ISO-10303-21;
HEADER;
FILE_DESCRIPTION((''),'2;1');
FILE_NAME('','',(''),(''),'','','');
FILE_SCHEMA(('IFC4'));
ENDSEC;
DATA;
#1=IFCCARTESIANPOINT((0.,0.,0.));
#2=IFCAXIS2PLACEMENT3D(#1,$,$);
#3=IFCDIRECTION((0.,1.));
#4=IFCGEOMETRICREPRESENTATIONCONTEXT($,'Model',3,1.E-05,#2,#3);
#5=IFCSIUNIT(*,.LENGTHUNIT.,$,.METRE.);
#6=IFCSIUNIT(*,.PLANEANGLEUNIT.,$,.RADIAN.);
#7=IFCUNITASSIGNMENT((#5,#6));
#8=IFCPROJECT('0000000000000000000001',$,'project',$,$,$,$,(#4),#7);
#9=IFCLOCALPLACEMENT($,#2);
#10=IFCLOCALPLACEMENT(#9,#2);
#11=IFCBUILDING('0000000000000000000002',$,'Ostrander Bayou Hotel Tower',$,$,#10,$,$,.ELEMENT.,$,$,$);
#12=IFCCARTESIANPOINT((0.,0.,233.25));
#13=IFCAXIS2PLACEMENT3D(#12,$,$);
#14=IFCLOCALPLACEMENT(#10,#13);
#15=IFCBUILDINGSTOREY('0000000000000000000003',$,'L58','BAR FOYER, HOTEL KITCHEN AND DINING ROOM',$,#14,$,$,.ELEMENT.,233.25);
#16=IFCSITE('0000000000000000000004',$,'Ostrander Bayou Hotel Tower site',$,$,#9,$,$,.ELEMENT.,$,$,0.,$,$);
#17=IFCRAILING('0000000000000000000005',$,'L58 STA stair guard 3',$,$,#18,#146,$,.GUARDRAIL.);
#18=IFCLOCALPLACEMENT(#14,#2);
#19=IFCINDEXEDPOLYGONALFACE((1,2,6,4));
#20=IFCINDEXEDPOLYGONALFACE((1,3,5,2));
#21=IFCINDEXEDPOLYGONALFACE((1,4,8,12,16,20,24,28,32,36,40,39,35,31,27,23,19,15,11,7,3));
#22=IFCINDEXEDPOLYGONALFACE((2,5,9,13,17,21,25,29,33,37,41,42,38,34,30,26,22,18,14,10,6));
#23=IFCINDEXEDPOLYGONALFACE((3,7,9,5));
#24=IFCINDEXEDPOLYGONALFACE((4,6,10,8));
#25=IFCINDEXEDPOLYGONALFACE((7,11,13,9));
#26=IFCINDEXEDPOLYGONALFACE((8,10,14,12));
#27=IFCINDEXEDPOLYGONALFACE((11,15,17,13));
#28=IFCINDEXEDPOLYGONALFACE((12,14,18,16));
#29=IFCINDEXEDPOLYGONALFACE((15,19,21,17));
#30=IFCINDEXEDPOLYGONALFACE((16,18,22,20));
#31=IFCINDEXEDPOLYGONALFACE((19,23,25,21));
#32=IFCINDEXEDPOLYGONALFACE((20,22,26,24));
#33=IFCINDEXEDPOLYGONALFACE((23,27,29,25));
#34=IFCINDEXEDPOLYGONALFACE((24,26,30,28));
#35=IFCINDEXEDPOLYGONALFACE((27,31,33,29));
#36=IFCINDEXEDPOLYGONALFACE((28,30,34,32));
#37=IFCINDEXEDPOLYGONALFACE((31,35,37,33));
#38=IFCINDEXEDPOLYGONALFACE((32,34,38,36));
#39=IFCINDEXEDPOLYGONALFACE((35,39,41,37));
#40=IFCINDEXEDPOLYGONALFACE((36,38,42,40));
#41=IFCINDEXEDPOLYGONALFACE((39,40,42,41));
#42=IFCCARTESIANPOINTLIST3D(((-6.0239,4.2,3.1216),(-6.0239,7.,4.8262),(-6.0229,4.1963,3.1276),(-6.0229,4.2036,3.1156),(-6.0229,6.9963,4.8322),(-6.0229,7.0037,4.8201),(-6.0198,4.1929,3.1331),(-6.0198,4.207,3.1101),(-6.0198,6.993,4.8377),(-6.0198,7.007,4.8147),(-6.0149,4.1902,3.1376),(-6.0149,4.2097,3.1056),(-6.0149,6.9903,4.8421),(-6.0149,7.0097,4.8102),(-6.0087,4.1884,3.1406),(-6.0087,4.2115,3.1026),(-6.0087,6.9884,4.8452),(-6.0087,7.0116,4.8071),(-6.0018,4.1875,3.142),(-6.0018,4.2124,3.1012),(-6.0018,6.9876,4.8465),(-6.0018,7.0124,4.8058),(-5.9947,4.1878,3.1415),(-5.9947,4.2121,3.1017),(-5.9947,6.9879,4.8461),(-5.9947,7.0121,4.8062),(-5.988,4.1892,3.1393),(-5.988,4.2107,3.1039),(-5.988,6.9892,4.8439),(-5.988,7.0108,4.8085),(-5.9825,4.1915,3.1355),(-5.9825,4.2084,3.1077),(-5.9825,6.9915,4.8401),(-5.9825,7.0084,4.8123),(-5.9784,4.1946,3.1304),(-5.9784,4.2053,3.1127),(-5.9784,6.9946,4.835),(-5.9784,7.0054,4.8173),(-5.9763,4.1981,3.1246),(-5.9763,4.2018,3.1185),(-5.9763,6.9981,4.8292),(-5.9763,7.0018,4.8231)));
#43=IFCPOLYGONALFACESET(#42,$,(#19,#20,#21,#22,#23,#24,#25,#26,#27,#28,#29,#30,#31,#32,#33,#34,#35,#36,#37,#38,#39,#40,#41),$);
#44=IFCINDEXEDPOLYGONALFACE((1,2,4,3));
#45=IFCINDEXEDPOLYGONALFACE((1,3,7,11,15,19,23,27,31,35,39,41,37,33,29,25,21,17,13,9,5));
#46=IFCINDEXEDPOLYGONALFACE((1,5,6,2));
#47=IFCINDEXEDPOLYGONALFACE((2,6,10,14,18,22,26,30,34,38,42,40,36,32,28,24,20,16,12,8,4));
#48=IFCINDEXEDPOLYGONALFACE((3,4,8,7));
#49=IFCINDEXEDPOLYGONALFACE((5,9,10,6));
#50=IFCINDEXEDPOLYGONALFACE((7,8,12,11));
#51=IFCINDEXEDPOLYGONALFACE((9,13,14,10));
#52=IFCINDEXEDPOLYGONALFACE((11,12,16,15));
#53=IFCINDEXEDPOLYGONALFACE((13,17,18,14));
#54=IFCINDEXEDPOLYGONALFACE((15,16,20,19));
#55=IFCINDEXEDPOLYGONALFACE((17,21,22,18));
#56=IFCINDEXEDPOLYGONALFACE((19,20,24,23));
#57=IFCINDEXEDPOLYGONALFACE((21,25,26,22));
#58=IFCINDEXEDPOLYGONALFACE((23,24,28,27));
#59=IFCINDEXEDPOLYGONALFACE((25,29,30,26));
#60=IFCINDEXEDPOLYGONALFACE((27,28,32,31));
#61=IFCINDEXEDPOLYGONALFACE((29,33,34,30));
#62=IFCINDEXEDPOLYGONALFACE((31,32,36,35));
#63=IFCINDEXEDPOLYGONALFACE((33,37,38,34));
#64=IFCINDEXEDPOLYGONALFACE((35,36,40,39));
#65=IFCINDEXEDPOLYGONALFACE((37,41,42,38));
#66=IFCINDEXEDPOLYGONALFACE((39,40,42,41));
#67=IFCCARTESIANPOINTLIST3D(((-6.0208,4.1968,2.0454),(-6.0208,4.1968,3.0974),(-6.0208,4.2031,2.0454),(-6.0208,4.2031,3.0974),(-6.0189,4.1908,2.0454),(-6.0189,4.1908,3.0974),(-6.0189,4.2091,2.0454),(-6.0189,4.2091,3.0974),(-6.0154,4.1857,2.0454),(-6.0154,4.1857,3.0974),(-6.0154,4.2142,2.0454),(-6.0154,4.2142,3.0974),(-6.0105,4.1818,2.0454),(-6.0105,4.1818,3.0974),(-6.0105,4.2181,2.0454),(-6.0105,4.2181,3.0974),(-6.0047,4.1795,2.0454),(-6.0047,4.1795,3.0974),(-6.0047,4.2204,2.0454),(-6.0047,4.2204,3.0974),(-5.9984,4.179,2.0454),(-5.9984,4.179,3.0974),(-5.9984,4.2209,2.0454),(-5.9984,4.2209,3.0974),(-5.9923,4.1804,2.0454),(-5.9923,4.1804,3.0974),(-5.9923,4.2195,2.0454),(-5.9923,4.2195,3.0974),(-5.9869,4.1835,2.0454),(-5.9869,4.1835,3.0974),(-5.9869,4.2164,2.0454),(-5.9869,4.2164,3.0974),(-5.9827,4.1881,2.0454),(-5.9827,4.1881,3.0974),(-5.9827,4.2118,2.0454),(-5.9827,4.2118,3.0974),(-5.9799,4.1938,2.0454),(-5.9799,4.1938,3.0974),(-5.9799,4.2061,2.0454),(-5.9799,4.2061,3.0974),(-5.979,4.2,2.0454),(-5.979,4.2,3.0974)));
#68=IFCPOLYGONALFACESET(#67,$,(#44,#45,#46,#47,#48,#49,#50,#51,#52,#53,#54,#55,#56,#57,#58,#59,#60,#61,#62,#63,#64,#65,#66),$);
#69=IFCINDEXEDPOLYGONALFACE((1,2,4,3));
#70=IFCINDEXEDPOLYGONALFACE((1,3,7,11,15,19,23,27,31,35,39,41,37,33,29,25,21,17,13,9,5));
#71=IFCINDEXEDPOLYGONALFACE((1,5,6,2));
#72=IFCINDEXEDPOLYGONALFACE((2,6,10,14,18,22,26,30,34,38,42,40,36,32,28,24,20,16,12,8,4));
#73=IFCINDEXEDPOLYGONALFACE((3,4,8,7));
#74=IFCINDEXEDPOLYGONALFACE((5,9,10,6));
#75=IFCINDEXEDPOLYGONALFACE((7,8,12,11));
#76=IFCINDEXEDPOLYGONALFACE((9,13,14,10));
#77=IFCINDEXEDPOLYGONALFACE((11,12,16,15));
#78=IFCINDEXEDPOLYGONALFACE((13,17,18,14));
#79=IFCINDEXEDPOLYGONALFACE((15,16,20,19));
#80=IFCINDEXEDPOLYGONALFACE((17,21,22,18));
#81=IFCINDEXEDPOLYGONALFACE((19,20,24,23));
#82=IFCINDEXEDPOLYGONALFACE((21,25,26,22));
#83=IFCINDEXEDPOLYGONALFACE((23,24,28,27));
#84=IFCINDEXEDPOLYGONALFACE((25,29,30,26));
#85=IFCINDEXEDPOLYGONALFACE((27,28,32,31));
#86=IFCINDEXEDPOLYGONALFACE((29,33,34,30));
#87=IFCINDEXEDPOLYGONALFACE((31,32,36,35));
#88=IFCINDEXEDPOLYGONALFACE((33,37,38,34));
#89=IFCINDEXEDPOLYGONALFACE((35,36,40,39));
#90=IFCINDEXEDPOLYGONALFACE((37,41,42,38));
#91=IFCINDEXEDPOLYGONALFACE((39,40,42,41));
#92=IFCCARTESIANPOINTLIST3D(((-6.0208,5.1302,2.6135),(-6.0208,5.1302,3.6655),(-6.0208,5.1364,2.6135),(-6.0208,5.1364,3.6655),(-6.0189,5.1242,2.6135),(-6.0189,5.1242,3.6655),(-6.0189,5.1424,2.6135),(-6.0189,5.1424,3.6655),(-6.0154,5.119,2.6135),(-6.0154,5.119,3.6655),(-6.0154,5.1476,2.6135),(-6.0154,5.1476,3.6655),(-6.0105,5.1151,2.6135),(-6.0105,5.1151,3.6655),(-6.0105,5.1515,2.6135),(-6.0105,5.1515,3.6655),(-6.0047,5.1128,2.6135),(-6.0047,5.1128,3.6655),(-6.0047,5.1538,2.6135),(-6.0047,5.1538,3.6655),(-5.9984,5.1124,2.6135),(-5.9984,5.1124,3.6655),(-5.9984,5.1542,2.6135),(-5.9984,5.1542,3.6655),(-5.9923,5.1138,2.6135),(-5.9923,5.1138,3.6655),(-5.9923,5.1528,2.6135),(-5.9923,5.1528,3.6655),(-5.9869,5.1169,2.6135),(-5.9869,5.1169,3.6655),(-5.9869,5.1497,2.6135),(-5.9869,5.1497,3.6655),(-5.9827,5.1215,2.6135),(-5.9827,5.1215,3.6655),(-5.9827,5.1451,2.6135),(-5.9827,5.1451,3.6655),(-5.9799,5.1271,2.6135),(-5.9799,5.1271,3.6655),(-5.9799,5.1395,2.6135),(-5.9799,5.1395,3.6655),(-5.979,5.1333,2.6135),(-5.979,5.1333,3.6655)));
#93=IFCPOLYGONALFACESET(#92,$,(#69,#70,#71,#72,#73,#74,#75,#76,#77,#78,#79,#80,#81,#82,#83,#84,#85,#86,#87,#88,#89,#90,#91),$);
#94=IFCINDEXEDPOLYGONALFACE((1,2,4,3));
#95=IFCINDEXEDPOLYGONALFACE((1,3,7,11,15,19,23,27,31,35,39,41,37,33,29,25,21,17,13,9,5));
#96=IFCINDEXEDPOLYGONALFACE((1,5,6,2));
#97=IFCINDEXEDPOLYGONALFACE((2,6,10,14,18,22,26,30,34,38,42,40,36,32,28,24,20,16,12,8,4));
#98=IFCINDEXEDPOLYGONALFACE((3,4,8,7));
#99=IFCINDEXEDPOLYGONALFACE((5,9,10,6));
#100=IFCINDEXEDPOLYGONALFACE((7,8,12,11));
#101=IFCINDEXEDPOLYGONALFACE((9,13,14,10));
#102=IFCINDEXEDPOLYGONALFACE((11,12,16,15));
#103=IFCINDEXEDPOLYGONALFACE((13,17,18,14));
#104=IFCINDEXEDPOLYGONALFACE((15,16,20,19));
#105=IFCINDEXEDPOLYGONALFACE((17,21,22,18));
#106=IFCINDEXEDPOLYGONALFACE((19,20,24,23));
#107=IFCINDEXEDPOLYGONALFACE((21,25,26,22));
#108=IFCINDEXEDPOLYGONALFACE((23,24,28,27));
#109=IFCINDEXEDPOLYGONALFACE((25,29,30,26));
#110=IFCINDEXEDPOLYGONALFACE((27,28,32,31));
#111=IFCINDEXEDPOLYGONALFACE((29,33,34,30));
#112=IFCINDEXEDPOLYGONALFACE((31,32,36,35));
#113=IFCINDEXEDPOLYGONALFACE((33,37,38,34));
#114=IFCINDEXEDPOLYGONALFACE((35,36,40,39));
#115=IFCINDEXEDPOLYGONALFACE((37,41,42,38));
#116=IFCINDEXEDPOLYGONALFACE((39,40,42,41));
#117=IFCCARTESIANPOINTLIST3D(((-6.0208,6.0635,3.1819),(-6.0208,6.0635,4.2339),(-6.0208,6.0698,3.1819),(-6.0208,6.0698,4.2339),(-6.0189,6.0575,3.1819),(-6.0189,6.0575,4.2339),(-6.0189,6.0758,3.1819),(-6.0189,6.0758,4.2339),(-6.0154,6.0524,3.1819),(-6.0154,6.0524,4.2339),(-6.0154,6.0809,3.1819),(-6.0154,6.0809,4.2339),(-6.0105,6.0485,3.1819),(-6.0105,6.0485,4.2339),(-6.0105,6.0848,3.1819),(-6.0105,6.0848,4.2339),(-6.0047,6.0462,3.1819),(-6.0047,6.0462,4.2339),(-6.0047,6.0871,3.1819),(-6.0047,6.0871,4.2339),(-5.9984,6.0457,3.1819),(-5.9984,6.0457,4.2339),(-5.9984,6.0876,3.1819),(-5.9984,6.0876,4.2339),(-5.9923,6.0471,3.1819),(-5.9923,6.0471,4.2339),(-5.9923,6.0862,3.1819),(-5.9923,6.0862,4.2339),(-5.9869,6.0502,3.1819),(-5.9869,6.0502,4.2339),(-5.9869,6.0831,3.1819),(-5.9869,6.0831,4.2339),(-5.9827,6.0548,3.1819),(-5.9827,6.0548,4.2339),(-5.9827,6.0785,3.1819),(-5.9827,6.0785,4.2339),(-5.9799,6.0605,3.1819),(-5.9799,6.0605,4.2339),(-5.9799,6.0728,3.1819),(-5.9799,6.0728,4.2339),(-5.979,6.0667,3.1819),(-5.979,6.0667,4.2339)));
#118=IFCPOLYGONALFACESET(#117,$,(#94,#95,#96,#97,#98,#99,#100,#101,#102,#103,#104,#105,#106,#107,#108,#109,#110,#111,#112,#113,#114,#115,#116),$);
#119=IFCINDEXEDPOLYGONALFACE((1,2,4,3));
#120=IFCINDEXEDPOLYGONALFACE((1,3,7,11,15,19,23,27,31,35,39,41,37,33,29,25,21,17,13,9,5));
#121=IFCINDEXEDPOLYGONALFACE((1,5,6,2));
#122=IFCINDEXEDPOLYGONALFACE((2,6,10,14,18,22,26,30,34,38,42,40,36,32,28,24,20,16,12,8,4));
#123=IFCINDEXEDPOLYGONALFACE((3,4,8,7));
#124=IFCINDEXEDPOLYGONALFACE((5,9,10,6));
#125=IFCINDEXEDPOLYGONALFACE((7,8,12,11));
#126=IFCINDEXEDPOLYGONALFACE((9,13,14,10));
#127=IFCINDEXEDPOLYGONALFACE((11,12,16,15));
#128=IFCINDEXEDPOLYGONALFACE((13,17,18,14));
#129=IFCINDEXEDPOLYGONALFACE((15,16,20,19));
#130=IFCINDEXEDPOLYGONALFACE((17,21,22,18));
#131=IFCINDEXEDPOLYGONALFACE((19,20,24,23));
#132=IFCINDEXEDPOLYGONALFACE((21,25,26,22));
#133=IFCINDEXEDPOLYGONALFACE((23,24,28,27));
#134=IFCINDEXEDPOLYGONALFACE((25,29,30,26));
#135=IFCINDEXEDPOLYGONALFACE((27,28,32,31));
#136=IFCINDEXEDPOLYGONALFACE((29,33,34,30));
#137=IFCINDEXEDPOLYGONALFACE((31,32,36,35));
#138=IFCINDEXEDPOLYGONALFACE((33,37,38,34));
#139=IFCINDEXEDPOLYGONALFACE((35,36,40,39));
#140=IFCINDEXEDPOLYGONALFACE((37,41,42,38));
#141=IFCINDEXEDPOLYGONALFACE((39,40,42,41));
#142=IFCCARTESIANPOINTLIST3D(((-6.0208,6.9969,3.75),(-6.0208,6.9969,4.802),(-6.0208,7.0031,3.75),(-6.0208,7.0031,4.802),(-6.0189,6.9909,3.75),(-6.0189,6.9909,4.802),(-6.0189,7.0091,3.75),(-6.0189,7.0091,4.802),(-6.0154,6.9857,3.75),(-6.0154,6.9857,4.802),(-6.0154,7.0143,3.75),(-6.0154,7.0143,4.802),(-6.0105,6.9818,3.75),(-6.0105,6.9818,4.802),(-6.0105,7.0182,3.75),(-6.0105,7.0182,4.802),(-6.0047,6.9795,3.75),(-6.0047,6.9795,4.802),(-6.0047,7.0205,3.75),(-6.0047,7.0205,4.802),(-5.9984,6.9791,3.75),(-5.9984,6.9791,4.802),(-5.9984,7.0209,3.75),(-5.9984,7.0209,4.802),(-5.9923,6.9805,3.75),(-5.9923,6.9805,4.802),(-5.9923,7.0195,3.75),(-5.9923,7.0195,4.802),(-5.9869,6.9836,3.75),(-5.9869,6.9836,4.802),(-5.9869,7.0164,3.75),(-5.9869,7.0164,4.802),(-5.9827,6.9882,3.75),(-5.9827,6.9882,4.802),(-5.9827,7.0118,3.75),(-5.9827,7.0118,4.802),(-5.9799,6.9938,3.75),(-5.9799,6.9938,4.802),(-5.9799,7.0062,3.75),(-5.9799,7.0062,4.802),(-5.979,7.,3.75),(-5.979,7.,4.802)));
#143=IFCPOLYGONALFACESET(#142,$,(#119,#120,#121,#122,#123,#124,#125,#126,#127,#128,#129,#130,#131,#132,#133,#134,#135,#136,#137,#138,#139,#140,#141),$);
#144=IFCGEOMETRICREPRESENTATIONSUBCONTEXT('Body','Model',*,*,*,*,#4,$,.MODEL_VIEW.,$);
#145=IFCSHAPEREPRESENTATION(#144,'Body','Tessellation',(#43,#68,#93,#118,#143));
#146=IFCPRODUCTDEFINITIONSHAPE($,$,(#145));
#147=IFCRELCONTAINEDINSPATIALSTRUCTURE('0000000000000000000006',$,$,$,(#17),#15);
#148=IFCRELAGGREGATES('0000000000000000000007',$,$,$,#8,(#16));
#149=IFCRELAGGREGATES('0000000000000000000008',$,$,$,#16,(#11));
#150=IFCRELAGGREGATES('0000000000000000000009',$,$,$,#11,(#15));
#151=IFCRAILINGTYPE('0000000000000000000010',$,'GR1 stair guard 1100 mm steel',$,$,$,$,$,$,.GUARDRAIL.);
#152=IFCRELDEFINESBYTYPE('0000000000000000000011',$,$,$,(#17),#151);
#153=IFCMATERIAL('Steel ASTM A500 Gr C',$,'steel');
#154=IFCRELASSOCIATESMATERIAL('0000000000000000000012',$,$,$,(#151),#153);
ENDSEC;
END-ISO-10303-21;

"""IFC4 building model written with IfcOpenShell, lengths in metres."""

from ifc_helpers import new_model, si_unit, direction, frame, origin, origin_2d, place, context, subcontext, project, spatial, circle, extrude, material, type_object, element, save


model = new_model("IFC4")

# Units and contexts
model_context = context("Model", 3, precision=1e-05, world=origin(), true_north=direction((0.0, 1.0)))
body_context = subcontext(model_context, "Body", "Model", "MODEL_VIEW")
ifc_project = project(units=[si_unit("LENGTHUNIT", "METRE"), si_unit("PLANEANGLEUNIT", "RADIAN")], contexts=[model_context])

# Site, building, storey
site_placement = place(None, origin())
site = spatial("IfcSite", under=ifc_project, at=site_placement, Name="Ostrander Bayou Hotel Tower site", CompositionType="ELEMENT", RefElevation=0.0)
building_placement = place(site_placement, origin())
building = spatial("IfcBuilding", under=site, at=building_placement, Name="Ostrander Bayou Hotel Tower", CompositionType="ELEMENT")
storey_placement = place(building_placement, frame((0.0, 0.0, 233.25)))
storey = spatial("IfcBuildingStorey", under=building, at=storey_placement, Name="L58", Description="BAR FOYER, HOTEL KITCHEN AND DINING ROOM", CompositionType="ELEMENT", Elevation=233.25)

# Railing
ifc_material_1 = material(Name="Steel ASTM A500 Gr C", Category="steel")
railing_type_1 = type_object("IfcRailingType", Name="GR1 stair guard 1100 mm steel", PredefinedType="GUARDRAIL", material=ifc_material_1)
railing_1_placement = place(storey_placement, frame((-6.0, 4.2, 2.0454)))
element("IfcRailing", 1, at=railing_1_placement, inside=storey, type_object=railing_type_1, Name="L58 STA stair guard 3", PredefinedType="GUARDRAIL", context=body_context, shape_type="SweptSolid", body=[
    extrude(circle(Radius=0.0239, at=origin_2d()), frame((0.0, 0.0, 1.0762), z_axis=(0.0, 0.85417, 0.519994), x_axis=(-1.0, 0.0, 0.0)), (0.0, 0.0, 1.0), 3.2781),
    extrude(circle(Radius=0.021, at=origin_2d()), origin(), (0.0, 0.0, 1.0), 1.052),
    extrude(circle(Radius=0.021, at=origin_2d()), frame((0.0, 0.9333, 0.5681)), (0.0, 0.0, 1.0), 1.052),
    extrude(circle(Radius=0.021, at=origin_2d()), frame((0.0, 1.8667, 1.1365)), (0.0, 0.0, 1.0), 1.052),
    extrude(circle(Radius=0.021, at=origin_2d()), frame((0.0, 2.8, 1.7046)), (0.0, 0.0, 1.0), 1.052),
])

save(model, "model.ifc")
